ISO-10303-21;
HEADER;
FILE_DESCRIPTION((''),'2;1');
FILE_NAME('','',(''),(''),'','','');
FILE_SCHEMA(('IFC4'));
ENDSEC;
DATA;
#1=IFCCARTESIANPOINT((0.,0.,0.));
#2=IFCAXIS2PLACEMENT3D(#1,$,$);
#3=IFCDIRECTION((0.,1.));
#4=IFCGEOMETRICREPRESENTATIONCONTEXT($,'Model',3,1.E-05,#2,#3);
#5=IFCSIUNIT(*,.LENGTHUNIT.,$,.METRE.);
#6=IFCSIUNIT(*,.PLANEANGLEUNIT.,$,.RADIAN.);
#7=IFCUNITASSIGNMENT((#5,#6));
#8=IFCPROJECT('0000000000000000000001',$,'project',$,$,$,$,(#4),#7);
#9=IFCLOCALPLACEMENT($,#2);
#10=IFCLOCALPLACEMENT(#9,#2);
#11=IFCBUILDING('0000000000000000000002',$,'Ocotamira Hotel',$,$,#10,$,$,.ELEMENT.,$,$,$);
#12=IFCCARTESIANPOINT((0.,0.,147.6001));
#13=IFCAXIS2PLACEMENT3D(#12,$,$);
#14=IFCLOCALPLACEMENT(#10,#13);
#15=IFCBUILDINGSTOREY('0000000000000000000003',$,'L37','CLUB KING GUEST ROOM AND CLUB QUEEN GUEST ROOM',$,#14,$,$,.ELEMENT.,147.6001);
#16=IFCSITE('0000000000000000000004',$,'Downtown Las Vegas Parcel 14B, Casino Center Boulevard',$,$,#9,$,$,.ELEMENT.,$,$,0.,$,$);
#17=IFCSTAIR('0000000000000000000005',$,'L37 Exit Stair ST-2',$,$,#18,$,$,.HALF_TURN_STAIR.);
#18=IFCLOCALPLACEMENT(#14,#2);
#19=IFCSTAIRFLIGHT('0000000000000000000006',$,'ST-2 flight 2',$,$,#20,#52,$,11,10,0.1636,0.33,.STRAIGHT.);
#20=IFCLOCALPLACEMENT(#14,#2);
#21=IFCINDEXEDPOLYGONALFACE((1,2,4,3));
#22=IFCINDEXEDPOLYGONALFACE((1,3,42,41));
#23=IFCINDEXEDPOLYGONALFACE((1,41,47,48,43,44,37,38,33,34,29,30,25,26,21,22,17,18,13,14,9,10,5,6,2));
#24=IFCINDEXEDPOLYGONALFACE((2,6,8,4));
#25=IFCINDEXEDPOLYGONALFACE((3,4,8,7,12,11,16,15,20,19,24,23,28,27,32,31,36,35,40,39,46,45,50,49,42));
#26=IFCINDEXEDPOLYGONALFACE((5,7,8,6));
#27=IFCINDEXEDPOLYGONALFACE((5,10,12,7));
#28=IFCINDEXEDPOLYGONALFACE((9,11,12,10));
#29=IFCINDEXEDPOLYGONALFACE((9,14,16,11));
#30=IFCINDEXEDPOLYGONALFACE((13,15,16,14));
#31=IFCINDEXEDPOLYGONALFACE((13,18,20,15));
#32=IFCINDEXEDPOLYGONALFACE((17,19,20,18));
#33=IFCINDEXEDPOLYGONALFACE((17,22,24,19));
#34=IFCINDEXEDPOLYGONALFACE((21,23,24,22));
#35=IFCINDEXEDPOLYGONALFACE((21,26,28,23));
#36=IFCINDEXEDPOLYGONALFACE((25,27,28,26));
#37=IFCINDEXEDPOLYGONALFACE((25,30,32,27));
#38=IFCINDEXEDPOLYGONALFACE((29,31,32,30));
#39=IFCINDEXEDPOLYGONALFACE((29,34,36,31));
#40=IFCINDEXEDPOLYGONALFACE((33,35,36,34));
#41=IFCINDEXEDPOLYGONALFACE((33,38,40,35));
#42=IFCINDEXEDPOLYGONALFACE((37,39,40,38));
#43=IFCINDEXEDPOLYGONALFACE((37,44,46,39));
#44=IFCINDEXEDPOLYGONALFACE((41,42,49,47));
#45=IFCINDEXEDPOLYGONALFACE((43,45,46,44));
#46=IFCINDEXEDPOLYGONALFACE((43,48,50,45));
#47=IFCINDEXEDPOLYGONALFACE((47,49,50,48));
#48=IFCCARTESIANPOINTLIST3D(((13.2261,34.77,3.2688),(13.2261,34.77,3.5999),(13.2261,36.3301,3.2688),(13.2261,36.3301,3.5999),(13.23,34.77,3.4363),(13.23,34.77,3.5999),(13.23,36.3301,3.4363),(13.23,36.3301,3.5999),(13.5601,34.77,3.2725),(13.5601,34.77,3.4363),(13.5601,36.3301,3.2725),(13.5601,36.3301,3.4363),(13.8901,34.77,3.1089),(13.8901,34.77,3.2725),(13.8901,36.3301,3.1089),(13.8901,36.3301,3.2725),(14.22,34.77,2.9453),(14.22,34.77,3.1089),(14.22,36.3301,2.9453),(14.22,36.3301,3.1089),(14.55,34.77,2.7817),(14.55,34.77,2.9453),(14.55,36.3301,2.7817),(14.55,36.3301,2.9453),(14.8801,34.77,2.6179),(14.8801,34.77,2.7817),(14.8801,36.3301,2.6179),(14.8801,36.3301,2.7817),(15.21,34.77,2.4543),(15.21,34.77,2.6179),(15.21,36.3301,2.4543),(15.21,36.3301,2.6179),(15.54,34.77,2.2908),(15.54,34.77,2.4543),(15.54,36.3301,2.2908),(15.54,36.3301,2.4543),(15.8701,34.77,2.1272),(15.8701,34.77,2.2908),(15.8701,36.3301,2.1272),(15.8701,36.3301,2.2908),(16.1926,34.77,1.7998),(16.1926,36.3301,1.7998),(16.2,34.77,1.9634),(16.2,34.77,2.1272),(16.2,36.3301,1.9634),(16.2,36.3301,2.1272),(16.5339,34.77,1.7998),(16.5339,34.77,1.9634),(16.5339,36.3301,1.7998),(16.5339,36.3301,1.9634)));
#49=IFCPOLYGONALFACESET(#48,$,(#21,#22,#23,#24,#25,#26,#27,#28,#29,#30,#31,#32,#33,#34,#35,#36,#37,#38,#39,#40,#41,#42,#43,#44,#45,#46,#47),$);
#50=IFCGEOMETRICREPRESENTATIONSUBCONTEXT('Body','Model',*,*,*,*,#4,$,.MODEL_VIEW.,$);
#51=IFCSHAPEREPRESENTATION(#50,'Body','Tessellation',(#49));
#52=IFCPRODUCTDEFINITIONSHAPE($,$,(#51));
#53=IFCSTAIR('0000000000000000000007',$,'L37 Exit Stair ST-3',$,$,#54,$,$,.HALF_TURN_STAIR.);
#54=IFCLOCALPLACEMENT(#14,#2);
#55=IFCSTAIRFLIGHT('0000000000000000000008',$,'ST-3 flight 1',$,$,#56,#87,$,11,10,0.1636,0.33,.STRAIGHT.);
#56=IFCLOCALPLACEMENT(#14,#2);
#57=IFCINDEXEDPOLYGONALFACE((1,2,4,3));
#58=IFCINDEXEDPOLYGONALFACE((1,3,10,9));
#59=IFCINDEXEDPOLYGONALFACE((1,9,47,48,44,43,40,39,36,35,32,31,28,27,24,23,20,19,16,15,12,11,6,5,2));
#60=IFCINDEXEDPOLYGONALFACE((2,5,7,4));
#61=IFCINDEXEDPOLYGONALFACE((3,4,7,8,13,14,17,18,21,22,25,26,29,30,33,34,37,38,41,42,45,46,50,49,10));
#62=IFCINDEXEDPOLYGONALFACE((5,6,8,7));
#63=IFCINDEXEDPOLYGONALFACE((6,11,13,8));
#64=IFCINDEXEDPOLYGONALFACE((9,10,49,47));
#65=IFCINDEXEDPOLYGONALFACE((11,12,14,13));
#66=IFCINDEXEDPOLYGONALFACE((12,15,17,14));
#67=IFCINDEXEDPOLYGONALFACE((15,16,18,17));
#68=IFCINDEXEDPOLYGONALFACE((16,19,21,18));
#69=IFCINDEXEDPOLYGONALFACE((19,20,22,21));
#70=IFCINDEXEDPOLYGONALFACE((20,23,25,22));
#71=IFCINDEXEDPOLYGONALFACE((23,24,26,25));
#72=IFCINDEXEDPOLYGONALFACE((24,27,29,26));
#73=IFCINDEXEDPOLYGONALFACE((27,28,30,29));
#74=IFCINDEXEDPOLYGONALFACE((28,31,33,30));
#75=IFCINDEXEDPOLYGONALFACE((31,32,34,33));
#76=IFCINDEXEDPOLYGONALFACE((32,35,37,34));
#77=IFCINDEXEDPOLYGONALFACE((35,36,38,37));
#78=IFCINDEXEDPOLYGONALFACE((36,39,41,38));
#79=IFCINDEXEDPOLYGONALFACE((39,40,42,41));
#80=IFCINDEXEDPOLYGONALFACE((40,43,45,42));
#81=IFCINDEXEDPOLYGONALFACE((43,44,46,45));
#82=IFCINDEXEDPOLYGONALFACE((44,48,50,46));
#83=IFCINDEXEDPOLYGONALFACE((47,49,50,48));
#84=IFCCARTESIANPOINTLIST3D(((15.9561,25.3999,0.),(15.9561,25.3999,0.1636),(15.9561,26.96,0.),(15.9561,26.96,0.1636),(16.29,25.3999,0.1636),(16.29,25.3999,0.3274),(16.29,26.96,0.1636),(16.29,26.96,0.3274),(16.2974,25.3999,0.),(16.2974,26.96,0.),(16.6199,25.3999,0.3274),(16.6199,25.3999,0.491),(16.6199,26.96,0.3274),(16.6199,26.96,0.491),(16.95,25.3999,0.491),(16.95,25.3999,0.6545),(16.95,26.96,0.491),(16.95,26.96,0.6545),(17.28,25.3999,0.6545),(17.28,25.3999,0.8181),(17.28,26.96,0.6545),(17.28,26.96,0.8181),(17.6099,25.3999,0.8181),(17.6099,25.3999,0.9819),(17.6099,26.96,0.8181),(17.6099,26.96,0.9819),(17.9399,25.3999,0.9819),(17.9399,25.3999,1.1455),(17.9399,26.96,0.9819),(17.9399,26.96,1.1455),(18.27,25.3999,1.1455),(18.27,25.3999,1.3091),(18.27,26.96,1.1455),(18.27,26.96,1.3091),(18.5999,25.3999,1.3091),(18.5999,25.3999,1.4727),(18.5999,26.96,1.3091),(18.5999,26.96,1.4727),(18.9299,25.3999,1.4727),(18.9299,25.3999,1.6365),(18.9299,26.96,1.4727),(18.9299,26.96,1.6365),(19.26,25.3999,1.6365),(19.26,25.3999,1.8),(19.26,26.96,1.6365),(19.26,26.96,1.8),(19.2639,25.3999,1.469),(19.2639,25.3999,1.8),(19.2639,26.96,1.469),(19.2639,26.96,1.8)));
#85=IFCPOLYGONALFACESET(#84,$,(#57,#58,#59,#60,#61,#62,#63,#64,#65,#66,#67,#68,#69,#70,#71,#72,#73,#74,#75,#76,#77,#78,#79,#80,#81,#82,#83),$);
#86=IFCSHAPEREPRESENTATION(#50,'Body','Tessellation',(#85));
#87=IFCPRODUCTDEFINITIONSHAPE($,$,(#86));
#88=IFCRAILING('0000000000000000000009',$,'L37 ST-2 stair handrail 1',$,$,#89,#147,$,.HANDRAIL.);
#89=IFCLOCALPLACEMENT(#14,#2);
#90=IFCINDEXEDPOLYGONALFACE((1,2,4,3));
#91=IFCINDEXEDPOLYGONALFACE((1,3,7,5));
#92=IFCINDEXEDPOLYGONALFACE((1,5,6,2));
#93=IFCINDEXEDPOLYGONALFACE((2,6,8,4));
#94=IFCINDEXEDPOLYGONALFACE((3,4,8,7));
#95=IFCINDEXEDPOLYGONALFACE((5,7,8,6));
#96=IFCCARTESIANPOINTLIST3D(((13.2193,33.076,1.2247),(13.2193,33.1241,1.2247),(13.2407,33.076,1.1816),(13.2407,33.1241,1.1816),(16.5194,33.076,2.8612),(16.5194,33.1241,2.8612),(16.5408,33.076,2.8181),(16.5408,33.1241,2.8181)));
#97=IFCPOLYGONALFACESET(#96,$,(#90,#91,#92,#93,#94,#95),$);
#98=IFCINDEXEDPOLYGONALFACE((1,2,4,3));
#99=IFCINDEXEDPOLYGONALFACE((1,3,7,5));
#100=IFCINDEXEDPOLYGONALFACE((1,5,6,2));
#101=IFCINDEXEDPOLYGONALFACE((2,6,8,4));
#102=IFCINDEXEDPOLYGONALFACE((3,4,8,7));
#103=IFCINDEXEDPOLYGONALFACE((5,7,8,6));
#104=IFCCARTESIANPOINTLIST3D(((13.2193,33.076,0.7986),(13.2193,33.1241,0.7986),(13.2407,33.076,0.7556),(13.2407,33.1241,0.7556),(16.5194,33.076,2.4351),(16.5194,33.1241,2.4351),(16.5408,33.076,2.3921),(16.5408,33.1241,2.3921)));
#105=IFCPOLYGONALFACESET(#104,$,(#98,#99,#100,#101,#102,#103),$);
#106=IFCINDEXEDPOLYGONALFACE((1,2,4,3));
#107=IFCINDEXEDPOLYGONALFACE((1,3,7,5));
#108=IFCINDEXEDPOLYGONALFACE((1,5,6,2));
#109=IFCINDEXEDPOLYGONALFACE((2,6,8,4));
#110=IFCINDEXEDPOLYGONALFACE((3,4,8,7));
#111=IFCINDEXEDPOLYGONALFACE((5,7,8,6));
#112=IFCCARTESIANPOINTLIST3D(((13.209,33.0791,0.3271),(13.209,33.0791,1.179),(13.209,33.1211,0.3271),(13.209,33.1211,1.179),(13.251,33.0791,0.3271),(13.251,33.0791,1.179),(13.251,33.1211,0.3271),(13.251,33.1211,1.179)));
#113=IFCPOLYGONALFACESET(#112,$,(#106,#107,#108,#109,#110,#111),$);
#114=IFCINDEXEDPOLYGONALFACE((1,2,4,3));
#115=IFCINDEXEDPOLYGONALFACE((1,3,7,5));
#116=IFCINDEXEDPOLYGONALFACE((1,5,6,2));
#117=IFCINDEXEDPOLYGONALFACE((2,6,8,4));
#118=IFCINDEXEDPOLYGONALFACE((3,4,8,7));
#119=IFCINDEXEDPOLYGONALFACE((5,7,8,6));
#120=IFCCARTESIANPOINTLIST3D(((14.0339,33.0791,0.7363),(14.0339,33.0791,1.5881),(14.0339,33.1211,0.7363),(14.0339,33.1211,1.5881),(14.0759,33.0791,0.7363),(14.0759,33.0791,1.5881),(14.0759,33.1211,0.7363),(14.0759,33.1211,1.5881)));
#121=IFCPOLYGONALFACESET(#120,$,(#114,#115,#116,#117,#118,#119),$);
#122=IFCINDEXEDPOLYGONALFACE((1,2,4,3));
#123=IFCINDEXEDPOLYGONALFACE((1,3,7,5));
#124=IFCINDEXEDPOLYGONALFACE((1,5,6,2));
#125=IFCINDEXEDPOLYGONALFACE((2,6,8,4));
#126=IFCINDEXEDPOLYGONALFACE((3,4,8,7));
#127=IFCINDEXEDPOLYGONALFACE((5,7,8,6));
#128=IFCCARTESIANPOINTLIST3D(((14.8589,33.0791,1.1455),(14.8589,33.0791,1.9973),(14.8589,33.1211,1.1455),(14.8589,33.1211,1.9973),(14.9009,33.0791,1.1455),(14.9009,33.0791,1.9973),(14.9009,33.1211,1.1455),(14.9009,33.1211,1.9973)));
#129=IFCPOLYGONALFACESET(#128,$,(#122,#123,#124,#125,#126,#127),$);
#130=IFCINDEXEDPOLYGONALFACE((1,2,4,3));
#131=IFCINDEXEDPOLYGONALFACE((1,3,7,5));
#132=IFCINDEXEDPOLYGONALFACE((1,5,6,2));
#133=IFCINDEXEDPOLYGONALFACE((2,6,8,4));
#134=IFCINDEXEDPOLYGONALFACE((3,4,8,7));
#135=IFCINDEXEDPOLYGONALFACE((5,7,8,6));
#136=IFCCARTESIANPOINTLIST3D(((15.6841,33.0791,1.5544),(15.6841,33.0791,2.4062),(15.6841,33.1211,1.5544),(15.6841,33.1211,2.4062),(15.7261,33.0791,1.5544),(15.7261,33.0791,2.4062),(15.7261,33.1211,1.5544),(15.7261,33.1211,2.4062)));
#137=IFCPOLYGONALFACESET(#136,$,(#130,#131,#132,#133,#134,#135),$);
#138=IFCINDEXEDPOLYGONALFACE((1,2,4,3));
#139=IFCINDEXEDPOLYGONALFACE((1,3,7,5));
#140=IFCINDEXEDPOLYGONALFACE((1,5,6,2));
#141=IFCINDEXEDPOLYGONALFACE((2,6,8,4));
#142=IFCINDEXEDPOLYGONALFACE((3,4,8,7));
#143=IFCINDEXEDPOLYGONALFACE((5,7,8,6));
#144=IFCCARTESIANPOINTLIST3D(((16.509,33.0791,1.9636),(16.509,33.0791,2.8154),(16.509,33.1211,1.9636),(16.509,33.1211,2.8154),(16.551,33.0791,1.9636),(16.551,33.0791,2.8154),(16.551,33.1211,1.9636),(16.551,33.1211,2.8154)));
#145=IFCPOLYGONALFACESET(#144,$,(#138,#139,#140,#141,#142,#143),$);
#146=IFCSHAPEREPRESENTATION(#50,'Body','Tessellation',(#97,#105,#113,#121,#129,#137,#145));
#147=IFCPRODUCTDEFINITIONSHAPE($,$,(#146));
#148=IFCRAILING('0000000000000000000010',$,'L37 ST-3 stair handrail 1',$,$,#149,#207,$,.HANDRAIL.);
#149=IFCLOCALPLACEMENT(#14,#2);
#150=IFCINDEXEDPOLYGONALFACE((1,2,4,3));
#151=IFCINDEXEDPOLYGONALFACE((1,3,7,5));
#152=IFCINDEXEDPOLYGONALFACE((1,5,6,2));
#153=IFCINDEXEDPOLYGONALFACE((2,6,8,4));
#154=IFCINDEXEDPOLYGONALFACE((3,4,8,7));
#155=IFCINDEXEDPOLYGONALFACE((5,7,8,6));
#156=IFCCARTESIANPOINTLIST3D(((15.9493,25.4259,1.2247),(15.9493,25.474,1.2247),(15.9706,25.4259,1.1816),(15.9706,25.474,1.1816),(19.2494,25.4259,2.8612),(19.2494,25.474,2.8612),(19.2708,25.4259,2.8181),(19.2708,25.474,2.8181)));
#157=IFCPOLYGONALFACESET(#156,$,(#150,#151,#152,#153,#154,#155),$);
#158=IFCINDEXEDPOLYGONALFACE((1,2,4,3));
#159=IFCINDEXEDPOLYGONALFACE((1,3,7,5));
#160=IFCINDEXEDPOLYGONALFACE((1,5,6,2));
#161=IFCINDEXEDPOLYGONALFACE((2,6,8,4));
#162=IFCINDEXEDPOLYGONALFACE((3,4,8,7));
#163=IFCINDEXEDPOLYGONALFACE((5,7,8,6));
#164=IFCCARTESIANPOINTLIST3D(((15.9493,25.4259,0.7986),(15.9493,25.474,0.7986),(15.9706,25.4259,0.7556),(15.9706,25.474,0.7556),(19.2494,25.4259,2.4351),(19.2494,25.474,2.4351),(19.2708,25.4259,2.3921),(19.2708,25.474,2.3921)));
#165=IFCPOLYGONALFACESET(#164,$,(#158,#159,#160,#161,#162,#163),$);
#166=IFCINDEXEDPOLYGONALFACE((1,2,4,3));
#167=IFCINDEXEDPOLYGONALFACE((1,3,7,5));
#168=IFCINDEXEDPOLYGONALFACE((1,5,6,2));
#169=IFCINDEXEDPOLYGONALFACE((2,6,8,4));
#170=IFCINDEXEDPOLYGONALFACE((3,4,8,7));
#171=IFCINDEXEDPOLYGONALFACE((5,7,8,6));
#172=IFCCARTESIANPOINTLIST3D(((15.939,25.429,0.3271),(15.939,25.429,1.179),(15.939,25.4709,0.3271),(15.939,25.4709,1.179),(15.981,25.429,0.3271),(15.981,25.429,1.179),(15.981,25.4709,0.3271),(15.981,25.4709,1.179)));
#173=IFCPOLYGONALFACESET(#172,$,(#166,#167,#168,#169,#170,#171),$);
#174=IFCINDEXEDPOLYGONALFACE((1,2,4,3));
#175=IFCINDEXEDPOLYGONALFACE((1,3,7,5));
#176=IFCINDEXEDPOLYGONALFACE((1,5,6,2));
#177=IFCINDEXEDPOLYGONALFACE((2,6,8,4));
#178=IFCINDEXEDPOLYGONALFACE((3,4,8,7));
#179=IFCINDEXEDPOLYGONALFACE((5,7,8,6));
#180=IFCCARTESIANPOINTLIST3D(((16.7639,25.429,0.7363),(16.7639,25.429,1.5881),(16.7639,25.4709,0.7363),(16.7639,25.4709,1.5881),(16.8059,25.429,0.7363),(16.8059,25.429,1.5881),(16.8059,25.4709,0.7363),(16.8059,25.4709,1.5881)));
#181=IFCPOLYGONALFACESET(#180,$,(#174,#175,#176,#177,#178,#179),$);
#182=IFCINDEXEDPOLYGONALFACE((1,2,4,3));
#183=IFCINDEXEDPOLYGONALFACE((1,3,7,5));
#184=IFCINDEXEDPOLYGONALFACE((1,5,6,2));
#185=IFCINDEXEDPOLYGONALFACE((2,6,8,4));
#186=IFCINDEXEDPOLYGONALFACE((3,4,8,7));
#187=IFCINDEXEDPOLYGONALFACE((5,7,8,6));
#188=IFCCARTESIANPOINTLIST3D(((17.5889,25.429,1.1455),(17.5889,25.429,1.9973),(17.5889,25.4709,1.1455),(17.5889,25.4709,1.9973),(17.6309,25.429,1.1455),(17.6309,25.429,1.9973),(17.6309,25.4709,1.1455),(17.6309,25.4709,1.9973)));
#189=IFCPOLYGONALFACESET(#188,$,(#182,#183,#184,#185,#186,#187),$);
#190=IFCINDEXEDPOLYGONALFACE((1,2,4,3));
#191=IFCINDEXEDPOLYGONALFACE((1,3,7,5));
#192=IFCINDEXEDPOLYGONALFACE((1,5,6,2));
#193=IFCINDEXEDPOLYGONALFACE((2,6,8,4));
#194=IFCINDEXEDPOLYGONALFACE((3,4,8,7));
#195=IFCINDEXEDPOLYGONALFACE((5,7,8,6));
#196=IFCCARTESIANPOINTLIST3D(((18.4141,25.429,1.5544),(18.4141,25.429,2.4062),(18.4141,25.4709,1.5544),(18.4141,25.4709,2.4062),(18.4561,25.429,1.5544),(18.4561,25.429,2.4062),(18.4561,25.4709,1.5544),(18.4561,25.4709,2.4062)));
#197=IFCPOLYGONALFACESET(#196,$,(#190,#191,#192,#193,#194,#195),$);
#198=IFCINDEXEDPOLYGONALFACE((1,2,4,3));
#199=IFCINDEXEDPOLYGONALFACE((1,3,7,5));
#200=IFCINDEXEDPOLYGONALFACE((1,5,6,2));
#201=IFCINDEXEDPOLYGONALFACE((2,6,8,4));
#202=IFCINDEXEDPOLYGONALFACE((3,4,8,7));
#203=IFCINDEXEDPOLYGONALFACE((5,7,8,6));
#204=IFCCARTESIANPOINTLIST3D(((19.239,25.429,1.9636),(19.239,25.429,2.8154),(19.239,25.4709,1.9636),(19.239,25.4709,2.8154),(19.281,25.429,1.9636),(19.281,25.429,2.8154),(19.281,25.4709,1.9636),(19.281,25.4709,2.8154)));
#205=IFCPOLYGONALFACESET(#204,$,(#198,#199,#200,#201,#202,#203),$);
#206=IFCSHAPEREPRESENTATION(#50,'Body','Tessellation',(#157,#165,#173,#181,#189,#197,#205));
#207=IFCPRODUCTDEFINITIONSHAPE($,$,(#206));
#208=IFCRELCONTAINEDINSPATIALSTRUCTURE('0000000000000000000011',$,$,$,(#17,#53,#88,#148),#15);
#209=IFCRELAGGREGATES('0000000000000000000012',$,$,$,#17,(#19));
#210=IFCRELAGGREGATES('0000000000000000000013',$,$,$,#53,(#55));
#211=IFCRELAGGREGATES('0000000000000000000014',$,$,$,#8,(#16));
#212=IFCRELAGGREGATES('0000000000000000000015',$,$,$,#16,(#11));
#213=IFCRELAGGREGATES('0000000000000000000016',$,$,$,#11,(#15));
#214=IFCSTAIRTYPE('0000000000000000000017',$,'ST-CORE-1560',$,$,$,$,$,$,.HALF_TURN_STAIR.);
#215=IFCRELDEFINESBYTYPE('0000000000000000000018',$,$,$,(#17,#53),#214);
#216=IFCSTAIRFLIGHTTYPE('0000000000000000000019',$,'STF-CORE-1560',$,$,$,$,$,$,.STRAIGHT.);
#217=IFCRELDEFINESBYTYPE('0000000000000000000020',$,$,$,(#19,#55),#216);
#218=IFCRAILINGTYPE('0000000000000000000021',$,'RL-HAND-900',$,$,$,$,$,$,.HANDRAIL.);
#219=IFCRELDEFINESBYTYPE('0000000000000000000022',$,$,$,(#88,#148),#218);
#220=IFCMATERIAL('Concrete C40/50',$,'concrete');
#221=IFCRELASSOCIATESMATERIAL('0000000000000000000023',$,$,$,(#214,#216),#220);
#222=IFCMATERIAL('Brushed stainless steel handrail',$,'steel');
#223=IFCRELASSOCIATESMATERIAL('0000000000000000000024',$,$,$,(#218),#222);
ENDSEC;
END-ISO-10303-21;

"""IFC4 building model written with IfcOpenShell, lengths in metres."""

from ifc_helpers import new_model, si_unit, direction, frame, origin, origin_2d, place, context, subcontext, project, spatial, polyline, rectangle, outline, extrude, source, transform, mapped, material, type_object, element, aggregate, save


model = new_model("IFC4")

# Units and contexts
model_context = context("Model", 3, precision=1e-05, world=origin(), true_north=direction((0.0, 1.0)))
body_context = subcontext(model_context, "Body", "Model", "MODEL_VIEW")
ifc_project = project(units=[si_unit("LENGTHUNIT", "METRE"), si_unit("PLANEANGLEUNIT", "RADIAN")], contexts=[model_context])

# Site, building, storey
site_placement = place(None, origin())
site = spatial("IfcSite", under=ifc_project, at=site_placement, Name="Downtown Las Vegas Parcel 14B, Casino Center Boulevard", CompositionType="ELEMENT", RefElevation=0.0)
building_placement = place(site_placement, origin())
building = spatial("IfcBuilding", under=site, at=building_placement, Name="Ocotamira Hotel", CompositionType="ELEMENT")
storey_placement = place(building_placement, frame((0.0, 0.0, 147.6001)))
storey = spatial("IfcBuildingStorey", under=building, at=storey_placement, Name="L37", Description="CLUB KING GUEST ROOM AND CLUB QUEEN GUEST ROOM", CompositionType="ELEMENT", Elevation=147.6001)

# Stair, stair flight
ifc_material_1 = material(Name="Concrete C40/50", Category="concrete")
stair_type = type_object("IfcStairType", Name="ST-CORE-1560", PredefinedType="HALF_TURN_STAIR", material=ifc_material_1)
stair_1_placement = place(storey_placement, origin())
stair_1 = element("IfcStair", 1, at=stair_1_placement, inside=storey, type_object=stair_type, Name="L37 Exit Stair ST-2", PredefinedType="HALF_TURN_STAIR")
stair_flight_type = type_object("IfcStairFlightType", Name="STF-CORE-1560", PredefinedType="STRAIGHT", material=ifc_material_1)
shared_shape_1 = source(origin(), body_context, "Body", "SweptSolid", [
    extrude(outline(polyline([(-0.0039, 0.0), (-0.0039, 0.1636), (0.3301, 0.1636), (0.3301, 0.3274), (0.6599, 0.3274), (0.6599, 0.491), (0.99, 0.491), (0.99, 0.6545), (1.3201, 0.6545), (1.3201, 0.8181), (1.6499, 0.8181), (1.6499, 0.9819), (1.98, 0.9819), (1.98, 1.1455), (2.3101, 1.1455), (2.3101, 1.3091), (2.6399, 1.3091), (2.6399, 1.4727), (2.97, 1.4727), (2.97, 1.6365), (3.3, 1.6365), (3.3, 1.8), (3.304, 1.8), (3.304, 1.469), (0.3374, 0.0), (-0.0039, 0.0)])), frame((0.0, 0.78, 0.0), z_axis=(0.0, -1.0, 0.0), x_axis=(1.0, 0.0, 0.0)), (0.0, 0.0, 1.0), 1.5601),
])
stair_flight_1_placement = place(storey_placement, frame((16.53, 35.55, 1.7998), z_axis=(0.0, 0.0, 1.0), x_axis=(-1.0, 0.0, 0.0)))
stair_flight_1 = element("IfcStairFlight", 2, at=stair_flight_1_placement, type_object=stair_flight_type, Name="ST-2 flight 2", NumberOfRisers=11, NumberOfTreads=10, PredefinedType="STRAIGHT", RiserHeight=0.1636, TreadLength=0.33, context=body_context, shape_type="MappedRepresentation", body=[
    mapped(shared_shape_1, transform((0.0, 0.0, 0.0), scale=1.0)),
])
aggregate(stair_1, [stair_flight_1])

# Stair, stair flight
stair_2_placement = place(storey_placement, origin())
stair_2 = element("IfcStair", 3, at=stair_2_placement, inside=storey, type_object=stair_type, Name="L37 Exit Stair ST-3", PredefinedType="HALF_TURN_STAIR")
stair_flight_2_placement = place(storey_placement, frame((15.96, 26.1799, 0.0), z_axis=(0.0, 0.0, 1.0), x_axis=(1.0, 0.0, 0.0)))
stair_flight_2 = element("IfcStairFlight", 4, at=stair_flight_2_placement, type_object=stair_flight_type, Name="ST-3 flight 1", NumberOfRisers=11, NumberOfTreads=10, PredefinedType="STRAIGHT", RiserHeight=0.1636, TreadLength=0.33, context=body_context, shape_type="MappedRepresentation", body=[
    mapped(shared_shape_1, transform((0.0, 0.0, 0.0), scale=1.0)),
])
aggregate(stair_2, [stair_flight_2])

# Railings
ifc_material_2 = material(Name="Brushed stainless steel handrail", Category="steel")
railing_type_1 = type_object("IfcRailingType", Name="RL-HAND-900", PredefinedType="HANDRAIL", material=ifc_material_2)
for number, where, name in (
    (5, (13.23, 33.1001, 0.3271), "L37 ST-2 stair handrail 1"),
    (6, (15.96, 25.45, 0.3271), "L37 ST-3 stair handrail 1"),
):
    element("IfcRailing", number, at=place(storey_placement, frame(where)), inside=storey, type_object=railing_type_1, Name=name, PredefinedType="HANDRAIL", context=body_context, shape_type="SweptSolid", body=[
        extrude(rectangle(XDim=0.0481, YDim=0.0481, at=origin_2d()), frame((0.0, 0.0, 0.876), z_axis=(0.895894, 0.0, 0.444268), x_axis=(0.0, 1.0, 0.0)), (0.0, 0.0, 1.0), 3.6836),
        extrude(rectangle(XDim=0.0481, YDim=0.0481, at=origin_2d()), frame((0.0, 0.0, 0.45), z_axis=(0.895894, 0.0, 0.444268), x_axis=(0.0, 1.0, 0.0)), (0.0, 0.0, 1.0), 3.6836),
        extrude(rectangle(XDim=0.042, YDim=0.042, at=origin_2d()), origin(), (0.0, 0.0, 1.0), 0.8518),
        extrude(rectangle(XDim=0.042, YDim=0.042, at=origin_2d()), frame((0.825, 0.0, 0.4092)), (0.0, 0.0, 1.0), 0.8518),
        extrude(rectangle(XDim=0.042, YDim=0.042, at=origin_2d()), frame((1.6499, 0.0, 0.8184)), (0.0, 0.0, 1.0), 0.8518),
        extrude(rectangle(XDim=0.042, YDim=0.042, at=origin_2d()), frame((2.4751, 0.0, 1.2273)), (0.0, 0.0, 1.0), 0.8518),
        extrude(rectangle(XDim=0.042, YDim=0.042, at=origin_2d()), frame((3.3, 0.0, 1.6365)), (0.0, 0.0, 1.0), 0.8518),
    ])

save(model, "model.ifc")
